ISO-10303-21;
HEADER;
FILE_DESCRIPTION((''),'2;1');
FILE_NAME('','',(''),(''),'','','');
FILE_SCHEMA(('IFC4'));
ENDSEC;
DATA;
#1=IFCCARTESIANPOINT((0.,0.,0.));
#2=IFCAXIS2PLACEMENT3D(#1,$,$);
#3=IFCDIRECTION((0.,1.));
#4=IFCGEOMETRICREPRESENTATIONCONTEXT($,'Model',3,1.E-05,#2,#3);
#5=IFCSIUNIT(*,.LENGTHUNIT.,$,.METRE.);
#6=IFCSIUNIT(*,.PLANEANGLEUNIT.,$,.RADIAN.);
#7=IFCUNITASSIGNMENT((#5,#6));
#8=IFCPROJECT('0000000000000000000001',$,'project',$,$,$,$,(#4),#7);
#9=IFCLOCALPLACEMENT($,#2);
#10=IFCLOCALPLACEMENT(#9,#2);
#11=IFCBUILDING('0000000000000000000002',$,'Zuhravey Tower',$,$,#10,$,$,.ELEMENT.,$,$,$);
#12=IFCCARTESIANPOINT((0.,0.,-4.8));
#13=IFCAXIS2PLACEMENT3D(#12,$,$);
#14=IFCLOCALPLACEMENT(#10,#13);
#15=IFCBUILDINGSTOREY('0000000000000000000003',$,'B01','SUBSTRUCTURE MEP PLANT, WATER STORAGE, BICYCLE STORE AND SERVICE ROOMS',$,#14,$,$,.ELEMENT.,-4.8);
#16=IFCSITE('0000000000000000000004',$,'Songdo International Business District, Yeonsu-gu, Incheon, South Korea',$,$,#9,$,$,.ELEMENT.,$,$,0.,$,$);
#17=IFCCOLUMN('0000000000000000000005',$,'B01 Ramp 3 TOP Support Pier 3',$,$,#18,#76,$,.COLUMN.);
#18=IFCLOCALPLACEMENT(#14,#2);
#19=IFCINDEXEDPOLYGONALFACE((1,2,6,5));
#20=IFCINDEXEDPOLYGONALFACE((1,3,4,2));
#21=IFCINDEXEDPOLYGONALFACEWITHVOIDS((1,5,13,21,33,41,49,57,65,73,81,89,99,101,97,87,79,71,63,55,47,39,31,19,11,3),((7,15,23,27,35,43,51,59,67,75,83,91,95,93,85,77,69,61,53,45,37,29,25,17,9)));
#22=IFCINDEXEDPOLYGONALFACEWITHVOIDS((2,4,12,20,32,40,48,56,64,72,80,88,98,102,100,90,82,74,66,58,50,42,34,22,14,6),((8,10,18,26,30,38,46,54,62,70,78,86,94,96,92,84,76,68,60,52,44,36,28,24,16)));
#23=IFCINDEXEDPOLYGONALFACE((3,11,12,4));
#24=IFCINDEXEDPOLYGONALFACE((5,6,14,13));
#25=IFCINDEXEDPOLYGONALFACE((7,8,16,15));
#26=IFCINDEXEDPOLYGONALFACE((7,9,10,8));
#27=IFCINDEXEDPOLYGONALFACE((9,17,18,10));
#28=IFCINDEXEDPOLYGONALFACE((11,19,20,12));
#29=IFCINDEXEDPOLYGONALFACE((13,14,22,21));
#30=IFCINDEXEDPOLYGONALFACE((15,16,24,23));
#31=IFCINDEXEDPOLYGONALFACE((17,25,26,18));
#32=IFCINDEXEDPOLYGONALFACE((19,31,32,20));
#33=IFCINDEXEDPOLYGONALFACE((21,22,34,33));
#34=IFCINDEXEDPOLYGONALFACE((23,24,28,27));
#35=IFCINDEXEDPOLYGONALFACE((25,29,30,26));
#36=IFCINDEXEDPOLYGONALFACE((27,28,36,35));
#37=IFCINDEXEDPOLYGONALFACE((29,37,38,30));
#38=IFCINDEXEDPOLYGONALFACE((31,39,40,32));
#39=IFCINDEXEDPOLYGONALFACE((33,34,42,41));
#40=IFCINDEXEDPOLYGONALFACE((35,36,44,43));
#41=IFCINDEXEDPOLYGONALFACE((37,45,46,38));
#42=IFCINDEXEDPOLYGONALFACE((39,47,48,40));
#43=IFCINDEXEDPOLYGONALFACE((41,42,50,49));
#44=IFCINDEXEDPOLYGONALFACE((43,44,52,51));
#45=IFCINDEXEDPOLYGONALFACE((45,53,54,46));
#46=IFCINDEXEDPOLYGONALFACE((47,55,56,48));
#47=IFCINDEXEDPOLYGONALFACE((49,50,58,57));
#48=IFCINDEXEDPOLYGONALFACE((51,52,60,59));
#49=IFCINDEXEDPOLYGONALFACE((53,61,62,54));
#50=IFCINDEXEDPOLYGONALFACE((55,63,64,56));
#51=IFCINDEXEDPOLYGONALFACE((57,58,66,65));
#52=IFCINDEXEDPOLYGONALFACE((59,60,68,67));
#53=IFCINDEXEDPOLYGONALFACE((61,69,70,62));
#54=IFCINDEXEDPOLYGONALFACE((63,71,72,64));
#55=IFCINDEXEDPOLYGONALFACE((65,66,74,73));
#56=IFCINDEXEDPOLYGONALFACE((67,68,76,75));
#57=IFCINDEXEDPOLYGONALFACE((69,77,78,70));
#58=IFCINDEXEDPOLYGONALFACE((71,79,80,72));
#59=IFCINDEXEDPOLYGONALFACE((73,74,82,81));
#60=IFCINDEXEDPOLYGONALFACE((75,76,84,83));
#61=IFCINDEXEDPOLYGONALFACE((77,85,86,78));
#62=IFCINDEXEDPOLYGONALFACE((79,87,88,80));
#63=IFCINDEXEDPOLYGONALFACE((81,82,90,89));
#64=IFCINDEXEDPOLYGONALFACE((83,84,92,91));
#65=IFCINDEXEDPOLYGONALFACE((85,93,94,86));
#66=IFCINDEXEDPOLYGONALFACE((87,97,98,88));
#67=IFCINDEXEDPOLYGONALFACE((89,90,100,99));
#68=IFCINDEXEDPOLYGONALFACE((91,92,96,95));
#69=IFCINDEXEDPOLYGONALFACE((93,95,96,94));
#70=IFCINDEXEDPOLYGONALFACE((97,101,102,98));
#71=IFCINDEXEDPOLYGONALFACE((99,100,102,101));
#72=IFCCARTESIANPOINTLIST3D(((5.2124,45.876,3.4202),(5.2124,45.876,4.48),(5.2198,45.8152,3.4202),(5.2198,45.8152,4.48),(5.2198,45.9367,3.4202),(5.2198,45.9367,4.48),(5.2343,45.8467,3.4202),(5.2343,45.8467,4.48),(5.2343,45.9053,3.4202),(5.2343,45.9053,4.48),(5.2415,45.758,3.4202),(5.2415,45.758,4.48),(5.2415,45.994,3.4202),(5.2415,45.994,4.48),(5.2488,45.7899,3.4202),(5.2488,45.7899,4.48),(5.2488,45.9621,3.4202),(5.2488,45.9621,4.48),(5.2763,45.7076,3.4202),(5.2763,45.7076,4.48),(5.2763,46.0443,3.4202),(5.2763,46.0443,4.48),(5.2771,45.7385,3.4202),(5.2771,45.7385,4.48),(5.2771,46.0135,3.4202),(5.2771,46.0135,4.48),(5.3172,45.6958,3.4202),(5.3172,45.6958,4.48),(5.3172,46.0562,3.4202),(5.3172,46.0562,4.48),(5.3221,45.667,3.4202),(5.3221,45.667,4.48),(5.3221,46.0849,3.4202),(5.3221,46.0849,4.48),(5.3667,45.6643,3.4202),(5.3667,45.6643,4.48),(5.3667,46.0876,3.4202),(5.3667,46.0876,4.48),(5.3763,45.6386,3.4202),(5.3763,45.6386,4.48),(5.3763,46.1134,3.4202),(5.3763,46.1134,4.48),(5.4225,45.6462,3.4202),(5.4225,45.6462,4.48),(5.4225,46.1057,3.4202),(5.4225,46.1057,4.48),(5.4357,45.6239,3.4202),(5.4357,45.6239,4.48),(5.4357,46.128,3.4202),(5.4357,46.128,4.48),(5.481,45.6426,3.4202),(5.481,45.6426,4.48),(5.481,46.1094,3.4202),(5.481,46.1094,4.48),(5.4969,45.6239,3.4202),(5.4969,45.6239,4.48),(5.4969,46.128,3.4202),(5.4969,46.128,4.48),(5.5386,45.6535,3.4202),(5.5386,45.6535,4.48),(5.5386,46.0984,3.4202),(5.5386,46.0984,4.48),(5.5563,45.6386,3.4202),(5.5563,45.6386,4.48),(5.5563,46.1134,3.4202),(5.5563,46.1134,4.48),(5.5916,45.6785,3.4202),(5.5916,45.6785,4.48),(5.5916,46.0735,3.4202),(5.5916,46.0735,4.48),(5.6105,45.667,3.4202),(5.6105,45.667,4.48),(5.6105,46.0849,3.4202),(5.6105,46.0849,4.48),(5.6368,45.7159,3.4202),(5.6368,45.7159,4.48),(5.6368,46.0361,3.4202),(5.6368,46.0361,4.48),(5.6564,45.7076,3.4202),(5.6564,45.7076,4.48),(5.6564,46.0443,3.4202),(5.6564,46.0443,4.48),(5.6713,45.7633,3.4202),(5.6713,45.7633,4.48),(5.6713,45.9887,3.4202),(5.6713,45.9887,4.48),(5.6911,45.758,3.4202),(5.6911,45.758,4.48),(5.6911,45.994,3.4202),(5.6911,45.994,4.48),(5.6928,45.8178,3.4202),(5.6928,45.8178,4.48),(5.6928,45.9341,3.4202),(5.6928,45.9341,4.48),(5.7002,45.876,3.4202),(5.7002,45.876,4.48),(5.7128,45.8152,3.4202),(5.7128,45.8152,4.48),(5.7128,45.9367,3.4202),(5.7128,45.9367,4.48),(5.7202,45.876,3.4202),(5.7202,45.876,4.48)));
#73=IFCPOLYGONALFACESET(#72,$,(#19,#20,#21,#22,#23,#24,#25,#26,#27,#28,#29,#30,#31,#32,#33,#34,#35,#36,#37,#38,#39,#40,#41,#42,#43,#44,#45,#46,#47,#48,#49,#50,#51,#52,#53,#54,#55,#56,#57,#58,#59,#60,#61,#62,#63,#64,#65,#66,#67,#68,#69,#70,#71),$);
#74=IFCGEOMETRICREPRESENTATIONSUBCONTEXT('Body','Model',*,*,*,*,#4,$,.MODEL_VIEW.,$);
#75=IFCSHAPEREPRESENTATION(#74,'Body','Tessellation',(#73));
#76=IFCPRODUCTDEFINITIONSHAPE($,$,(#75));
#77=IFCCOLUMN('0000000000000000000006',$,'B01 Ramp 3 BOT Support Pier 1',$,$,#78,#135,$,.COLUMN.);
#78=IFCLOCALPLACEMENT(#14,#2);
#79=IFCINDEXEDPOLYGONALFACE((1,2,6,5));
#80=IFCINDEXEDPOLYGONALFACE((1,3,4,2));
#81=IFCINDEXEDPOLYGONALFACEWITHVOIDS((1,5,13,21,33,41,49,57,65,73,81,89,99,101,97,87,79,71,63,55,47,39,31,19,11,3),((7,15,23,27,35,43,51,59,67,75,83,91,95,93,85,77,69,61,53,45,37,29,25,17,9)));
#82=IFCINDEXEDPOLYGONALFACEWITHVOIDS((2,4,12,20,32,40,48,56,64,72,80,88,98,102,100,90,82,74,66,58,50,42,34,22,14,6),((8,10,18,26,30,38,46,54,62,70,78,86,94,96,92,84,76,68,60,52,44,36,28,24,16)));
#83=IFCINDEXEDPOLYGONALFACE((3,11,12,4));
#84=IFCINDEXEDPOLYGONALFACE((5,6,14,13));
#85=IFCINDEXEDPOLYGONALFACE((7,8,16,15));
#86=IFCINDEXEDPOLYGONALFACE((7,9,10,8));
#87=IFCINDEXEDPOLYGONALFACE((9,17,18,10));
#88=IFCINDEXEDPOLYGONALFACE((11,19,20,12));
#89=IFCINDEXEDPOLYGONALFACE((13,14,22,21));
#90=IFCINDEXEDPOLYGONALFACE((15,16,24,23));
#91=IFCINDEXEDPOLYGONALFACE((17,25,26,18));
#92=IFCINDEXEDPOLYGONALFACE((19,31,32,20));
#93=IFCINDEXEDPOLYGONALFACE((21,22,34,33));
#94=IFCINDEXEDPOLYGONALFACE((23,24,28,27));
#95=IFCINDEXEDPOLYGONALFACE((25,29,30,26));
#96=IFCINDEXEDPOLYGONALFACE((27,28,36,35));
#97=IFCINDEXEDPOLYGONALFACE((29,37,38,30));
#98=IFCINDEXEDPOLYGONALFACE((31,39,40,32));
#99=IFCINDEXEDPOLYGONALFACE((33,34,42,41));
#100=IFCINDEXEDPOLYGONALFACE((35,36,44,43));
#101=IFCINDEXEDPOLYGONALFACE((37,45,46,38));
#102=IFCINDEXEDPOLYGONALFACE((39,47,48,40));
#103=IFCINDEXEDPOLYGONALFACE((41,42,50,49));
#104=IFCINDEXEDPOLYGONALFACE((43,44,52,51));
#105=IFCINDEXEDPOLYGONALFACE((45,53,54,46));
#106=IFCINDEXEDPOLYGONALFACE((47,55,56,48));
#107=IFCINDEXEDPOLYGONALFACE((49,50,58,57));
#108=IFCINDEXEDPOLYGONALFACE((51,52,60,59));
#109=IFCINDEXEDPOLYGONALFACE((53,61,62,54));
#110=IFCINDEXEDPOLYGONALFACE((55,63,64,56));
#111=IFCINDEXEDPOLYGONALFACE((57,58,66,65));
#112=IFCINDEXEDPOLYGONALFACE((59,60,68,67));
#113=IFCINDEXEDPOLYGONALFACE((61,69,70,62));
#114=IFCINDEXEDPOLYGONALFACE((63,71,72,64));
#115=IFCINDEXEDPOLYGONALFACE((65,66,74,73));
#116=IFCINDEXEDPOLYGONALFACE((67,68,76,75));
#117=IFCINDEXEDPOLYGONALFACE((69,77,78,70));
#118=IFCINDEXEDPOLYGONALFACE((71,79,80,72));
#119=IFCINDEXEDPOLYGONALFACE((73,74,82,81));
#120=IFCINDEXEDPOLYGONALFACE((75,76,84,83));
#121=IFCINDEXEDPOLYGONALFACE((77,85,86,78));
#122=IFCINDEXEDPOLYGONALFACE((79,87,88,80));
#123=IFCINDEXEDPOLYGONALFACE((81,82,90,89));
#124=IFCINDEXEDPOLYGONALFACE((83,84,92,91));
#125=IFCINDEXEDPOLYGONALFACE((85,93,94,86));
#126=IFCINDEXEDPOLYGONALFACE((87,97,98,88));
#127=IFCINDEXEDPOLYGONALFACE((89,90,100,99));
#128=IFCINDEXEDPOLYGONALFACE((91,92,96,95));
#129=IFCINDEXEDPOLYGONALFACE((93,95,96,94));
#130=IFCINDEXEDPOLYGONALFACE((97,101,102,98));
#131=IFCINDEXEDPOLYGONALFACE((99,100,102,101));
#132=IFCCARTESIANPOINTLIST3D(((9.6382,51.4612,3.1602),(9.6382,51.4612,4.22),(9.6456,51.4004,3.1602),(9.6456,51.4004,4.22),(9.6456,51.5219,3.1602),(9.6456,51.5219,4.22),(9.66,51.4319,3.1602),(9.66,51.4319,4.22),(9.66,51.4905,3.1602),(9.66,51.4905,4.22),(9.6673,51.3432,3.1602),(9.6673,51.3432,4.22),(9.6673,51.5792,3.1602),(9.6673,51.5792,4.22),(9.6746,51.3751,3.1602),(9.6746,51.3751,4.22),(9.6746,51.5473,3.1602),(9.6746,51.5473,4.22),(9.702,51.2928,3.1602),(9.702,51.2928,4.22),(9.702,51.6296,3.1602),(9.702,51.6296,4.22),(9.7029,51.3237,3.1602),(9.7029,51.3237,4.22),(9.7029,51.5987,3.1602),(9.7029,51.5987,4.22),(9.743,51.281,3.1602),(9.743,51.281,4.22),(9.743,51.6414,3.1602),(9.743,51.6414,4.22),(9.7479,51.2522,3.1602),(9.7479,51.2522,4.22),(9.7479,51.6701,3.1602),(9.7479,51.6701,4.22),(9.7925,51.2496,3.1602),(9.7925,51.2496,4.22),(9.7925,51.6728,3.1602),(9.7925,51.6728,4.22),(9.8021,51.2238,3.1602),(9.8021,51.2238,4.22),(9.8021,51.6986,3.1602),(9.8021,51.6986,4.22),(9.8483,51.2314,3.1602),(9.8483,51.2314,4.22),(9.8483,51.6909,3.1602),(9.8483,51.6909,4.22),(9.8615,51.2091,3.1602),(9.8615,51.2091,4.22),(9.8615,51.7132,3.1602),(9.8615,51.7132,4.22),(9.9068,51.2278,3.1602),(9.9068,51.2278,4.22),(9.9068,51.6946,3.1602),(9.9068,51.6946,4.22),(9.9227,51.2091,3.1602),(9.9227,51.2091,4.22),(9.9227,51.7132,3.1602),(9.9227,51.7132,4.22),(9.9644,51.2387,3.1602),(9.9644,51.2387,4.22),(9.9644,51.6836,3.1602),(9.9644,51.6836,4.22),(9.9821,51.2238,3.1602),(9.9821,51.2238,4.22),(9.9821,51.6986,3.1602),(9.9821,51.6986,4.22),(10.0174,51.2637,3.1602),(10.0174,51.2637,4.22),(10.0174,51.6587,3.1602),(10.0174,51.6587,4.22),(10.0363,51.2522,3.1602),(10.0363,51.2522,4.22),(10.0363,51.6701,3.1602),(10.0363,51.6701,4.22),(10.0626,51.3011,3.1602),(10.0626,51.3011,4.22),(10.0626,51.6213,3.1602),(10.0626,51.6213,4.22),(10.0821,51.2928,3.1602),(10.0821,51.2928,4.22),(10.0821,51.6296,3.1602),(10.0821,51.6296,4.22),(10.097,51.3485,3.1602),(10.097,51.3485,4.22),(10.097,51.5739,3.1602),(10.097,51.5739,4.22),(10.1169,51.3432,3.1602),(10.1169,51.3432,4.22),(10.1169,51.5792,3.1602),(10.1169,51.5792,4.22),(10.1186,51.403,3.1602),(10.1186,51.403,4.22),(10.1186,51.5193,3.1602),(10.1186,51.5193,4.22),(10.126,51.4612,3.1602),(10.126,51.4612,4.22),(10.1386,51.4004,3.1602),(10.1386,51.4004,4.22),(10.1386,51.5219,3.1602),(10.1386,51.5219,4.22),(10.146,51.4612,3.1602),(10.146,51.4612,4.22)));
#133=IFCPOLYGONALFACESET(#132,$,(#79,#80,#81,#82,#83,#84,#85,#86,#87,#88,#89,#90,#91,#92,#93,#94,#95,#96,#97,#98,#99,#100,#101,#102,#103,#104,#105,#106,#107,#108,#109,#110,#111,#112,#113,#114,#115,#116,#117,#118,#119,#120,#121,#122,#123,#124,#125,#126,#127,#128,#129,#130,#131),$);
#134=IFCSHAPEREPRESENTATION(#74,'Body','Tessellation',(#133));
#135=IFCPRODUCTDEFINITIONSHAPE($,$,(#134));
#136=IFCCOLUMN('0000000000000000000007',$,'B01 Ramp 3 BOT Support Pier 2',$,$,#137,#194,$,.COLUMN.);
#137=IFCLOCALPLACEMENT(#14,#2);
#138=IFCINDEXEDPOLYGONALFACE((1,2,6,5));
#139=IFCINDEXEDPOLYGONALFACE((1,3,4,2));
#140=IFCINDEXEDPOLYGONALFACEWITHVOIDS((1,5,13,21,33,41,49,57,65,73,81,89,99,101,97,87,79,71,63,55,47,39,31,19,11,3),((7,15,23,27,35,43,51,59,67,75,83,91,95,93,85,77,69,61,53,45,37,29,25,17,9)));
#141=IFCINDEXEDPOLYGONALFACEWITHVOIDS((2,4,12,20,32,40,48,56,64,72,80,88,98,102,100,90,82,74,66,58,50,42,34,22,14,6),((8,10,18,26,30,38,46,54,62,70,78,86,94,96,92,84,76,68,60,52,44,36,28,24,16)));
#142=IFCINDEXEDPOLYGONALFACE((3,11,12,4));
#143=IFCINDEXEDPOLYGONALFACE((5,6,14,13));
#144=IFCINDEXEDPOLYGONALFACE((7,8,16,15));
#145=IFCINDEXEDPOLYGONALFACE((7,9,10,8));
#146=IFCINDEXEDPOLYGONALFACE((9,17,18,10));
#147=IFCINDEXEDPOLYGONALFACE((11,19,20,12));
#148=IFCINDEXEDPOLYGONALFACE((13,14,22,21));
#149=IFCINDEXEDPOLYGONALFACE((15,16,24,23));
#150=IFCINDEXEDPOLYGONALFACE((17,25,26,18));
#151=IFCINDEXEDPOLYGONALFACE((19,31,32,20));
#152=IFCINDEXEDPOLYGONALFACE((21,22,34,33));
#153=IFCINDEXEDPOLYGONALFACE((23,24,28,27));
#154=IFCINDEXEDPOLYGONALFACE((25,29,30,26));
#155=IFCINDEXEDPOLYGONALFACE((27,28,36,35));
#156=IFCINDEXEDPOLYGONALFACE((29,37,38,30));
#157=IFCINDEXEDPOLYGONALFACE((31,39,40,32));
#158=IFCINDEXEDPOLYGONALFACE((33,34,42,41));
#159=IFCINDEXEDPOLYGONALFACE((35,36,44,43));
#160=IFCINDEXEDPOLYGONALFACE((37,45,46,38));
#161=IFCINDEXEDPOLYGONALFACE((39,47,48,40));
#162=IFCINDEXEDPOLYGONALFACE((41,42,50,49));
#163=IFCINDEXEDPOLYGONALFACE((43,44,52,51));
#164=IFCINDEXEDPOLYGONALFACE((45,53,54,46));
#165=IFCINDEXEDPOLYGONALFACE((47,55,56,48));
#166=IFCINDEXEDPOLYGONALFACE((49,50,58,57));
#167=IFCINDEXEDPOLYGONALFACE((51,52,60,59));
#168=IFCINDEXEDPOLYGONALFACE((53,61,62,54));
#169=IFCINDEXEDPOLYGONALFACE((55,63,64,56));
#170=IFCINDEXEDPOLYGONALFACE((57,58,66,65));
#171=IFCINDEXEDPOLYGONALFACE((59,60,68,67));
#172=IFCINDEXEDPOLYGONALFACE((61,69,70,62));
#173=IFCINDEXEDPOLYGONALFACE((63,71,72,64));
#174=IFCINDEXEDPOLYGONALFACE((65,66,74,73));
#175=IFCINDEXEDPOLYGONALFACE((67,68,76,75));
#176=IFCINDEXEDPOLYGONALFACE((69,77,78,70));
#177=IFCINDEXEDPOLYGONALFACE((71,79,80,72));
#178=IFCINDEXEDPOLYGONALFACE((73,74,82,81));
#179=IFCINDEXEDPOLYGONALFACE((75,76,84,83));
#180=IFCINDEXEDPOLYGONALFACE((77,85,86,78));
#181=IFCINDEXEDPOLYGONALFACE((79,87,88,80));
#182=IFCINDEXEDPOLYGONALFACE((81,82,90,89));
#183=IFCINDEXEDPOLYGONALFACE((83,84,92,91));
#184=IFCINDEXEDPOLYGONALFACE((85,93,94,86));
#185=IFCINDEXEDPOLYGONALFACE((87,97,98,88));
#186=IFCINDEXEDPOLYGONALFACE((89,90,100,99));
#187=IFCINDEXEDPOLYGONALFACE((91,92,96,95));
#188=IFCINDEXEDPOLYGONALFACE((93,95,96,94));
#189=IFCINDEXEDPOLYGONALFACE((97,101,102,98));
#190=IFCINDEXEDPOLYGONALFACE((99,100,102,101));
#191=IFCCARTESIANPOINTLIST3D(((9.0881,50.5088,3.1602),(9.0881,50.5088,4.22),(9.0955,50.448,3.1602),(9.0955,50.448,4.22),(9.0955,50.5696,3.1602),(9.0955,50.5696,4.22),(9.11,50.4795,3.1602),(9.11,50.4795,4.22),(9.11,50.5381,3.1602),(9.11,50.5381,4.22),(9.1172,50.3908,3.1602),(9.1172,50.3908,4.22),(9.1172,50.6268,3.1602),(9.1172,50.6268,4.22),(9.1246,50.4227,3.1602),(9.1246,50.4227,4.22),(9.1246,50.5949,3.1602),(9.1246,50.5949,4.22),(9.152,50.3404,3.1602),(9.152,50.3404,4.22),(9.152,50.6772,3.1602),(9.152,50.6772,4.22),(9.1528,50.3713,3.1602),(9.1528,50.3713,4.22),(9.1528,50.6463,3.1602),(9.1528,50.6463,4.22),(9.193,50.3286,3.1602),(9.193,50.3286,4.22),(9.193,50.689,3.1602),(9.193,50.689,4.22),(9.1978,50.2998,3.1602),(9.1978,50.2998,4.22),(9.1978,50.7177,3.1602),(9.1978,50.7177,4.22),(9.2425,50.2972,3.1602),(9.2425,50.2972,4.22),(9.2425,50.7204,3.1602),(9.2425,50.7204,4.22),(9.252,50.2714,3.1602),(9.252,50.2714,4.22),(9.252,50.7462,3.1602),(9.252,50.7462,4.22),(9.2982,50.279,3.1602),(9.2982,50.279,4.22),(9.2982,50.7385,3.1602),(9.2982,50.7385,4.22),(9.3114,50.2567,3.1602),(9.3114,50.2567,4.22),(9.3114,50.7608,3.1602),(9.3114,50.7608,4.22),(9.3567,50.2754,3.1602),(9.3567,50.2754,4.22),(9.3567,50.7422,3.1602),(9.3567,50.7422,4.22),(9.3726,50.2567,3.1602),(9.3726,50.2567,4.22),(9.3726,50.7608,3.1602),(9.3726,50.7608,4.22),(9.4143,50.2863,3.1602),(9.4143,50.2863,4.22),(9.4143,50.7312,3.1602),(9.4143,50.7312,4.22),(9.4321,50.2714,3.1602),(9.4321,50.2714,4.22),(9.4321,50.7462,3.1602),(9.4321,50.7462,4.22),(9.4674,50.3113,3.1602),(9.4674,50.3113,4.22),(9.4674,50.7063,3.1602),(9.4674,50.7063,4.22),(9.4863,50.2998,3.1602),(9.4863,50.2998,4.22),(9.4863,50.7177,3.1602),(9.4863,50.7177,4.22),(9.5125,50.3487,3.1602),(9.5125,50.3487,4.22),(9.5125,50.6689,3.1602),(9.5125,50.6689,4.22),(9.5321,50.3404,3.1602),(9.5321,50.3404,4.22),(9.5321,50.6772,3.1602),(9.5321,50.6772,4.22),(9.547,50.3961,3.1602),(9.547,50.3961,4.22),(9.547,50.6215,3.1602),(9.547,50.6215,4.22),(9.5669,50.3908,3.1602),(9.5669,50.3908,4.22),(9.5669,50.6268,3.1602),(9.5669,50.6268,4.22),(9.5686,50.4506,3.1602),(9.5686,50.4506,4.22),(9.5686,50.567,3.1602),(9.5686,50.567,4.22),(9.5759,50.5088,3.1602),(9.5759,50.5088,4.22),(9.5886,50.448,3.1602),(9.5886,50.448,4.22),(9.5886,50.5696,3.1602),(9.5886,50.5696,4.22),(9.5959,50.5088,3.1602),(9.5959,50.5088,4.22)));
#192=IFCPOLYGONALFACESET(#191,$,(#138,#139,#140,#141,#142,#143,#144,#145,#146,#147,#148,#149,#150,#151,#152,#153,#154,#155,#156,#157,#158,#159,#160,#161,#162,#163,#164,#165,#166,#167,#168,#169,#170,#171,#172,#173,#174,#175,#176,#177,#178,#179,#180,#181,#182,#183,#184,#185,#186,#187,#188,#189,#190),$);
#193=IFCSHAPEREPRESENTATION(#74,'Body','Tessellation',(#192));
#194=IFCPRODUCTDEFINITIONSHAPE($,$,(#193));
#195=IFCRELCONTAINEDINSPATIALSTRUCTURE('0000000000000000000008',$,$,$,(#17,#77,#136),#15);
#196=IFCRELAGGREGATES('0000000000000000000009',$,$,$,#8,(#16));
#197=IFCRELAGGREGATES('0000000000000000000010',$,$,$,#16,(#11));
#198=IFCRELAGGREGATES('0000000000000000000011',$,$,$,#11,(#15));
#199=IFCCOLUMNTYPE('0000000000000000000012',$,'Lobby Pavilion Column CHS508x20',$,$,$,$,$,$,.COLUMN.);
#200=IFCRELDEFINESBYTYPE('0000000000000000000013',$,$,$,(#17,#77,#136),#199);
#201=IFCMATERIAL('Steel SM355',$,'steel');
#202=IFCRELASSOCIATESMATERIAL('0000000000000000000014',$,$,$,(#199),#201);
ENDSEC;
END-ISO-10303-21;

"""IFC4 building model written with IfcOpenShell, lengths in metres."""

from ifc_helpers import new_model, si_unit, direction, frame, origin, origin_2d, place, context, subcontext, project, spatial, hollow_circle, extrude, material, material_profile, profile_set, type_object, element, save


model = new_model("IFC4")

# Units and contexts
model_context = context("Model", 3, precision=1e-05, world=origin(), true_north=direction((0.0, 1.0)))
body_context = subcontext(model_context, "Body", "Model", "MODEL_VIEW")
ifc_project = project(units=[si_unit("LENGTHUNIT", "METRE"), si_unit("PLANEANGLEUNIT", "RADIAN")], contexts=[model_context])

# Site, building, storey
site_placement = place(None, origin())
site = spatial("IfcSite", under=ifc_project, at=site_placement, Name="Songdo International Business District, Yeonsu-gu, Incheon, South Korea", CompositionType="ELEMENT", RefElevation=0.0)
building_placement = place(site_placement, origin())
building = spatial("IfcBuilding", under=site, at=building_placement, Name="Zuhravey Tower", CompositionType="ELEMENT")
storey_placement = place(building_placement, frame((0.0, 0.0, -4.8)))
storey = spatial("IfcBuildingStorey", under=building, at=storey_placement, Name="B01", Description="SUBSTRUCTURE MEP PLANT, WATER STORAGE, BICYCLE STORE AND SERVICE ROOMS", CompositionType="ELEMENT", Elevation=-4.8)

# Columns
ifc_material_1 = material(Name="Steel SM355", Category="steel")
ifc_material_profile_1 = material_profile(ifc_material_1, hollow_circle(Radius=0.2539, WallThickness=0.02, at=origin_2d()), Name="CHS-508x20")
ifc_profile_set_1 = profile_set([ifc_material_profile_1], Name="Steel SM355")
column_type_1 = type_object("IfcColumnType", Name="Lobby Pavilion Column CHS508x20", PredefinedType="COLUMN", material=ifc_profile_set_1)
for number, where, z_axis, x_axis, name in (
    (1, (5.4663, 45.876, 3.4202), (0.0, 0.0, 1.0), (1.0, 0.0, 0.0), "B01 Ramp 3 TOP Support Pier 3"),
    (2, (9.8921, 51.4612, 3.1602), (0.0, 0.0, 1.0), (1.0, 0.0, 0.0), "B01 Ramp 3 BOT Support Pier 1"),
    (3, (9.342, 50.5088, 3.1602), (0.0, 0.0, 1.0), (1.0, 0.0, 0.0), "B01 Ramp 3 BOT Support Pier 2"),
):
    element("IfcColumn", number, at=place(storey_placement, frame(where, z_axis=z_axis, x_axis=x_axis)), inside=storey, type_object=column_type_1, Name=name, PredefinedType="COLUMN", context=body_context, shape_type="SweptSolid", body=[
        extrude(hollow_circle(Radius=0.2539, WallThickness=0.02, at=origin_2d()), origin(), (0.0, 0.0, 1.0), 1.0598),
    ])

save(model, "model.ifc")
